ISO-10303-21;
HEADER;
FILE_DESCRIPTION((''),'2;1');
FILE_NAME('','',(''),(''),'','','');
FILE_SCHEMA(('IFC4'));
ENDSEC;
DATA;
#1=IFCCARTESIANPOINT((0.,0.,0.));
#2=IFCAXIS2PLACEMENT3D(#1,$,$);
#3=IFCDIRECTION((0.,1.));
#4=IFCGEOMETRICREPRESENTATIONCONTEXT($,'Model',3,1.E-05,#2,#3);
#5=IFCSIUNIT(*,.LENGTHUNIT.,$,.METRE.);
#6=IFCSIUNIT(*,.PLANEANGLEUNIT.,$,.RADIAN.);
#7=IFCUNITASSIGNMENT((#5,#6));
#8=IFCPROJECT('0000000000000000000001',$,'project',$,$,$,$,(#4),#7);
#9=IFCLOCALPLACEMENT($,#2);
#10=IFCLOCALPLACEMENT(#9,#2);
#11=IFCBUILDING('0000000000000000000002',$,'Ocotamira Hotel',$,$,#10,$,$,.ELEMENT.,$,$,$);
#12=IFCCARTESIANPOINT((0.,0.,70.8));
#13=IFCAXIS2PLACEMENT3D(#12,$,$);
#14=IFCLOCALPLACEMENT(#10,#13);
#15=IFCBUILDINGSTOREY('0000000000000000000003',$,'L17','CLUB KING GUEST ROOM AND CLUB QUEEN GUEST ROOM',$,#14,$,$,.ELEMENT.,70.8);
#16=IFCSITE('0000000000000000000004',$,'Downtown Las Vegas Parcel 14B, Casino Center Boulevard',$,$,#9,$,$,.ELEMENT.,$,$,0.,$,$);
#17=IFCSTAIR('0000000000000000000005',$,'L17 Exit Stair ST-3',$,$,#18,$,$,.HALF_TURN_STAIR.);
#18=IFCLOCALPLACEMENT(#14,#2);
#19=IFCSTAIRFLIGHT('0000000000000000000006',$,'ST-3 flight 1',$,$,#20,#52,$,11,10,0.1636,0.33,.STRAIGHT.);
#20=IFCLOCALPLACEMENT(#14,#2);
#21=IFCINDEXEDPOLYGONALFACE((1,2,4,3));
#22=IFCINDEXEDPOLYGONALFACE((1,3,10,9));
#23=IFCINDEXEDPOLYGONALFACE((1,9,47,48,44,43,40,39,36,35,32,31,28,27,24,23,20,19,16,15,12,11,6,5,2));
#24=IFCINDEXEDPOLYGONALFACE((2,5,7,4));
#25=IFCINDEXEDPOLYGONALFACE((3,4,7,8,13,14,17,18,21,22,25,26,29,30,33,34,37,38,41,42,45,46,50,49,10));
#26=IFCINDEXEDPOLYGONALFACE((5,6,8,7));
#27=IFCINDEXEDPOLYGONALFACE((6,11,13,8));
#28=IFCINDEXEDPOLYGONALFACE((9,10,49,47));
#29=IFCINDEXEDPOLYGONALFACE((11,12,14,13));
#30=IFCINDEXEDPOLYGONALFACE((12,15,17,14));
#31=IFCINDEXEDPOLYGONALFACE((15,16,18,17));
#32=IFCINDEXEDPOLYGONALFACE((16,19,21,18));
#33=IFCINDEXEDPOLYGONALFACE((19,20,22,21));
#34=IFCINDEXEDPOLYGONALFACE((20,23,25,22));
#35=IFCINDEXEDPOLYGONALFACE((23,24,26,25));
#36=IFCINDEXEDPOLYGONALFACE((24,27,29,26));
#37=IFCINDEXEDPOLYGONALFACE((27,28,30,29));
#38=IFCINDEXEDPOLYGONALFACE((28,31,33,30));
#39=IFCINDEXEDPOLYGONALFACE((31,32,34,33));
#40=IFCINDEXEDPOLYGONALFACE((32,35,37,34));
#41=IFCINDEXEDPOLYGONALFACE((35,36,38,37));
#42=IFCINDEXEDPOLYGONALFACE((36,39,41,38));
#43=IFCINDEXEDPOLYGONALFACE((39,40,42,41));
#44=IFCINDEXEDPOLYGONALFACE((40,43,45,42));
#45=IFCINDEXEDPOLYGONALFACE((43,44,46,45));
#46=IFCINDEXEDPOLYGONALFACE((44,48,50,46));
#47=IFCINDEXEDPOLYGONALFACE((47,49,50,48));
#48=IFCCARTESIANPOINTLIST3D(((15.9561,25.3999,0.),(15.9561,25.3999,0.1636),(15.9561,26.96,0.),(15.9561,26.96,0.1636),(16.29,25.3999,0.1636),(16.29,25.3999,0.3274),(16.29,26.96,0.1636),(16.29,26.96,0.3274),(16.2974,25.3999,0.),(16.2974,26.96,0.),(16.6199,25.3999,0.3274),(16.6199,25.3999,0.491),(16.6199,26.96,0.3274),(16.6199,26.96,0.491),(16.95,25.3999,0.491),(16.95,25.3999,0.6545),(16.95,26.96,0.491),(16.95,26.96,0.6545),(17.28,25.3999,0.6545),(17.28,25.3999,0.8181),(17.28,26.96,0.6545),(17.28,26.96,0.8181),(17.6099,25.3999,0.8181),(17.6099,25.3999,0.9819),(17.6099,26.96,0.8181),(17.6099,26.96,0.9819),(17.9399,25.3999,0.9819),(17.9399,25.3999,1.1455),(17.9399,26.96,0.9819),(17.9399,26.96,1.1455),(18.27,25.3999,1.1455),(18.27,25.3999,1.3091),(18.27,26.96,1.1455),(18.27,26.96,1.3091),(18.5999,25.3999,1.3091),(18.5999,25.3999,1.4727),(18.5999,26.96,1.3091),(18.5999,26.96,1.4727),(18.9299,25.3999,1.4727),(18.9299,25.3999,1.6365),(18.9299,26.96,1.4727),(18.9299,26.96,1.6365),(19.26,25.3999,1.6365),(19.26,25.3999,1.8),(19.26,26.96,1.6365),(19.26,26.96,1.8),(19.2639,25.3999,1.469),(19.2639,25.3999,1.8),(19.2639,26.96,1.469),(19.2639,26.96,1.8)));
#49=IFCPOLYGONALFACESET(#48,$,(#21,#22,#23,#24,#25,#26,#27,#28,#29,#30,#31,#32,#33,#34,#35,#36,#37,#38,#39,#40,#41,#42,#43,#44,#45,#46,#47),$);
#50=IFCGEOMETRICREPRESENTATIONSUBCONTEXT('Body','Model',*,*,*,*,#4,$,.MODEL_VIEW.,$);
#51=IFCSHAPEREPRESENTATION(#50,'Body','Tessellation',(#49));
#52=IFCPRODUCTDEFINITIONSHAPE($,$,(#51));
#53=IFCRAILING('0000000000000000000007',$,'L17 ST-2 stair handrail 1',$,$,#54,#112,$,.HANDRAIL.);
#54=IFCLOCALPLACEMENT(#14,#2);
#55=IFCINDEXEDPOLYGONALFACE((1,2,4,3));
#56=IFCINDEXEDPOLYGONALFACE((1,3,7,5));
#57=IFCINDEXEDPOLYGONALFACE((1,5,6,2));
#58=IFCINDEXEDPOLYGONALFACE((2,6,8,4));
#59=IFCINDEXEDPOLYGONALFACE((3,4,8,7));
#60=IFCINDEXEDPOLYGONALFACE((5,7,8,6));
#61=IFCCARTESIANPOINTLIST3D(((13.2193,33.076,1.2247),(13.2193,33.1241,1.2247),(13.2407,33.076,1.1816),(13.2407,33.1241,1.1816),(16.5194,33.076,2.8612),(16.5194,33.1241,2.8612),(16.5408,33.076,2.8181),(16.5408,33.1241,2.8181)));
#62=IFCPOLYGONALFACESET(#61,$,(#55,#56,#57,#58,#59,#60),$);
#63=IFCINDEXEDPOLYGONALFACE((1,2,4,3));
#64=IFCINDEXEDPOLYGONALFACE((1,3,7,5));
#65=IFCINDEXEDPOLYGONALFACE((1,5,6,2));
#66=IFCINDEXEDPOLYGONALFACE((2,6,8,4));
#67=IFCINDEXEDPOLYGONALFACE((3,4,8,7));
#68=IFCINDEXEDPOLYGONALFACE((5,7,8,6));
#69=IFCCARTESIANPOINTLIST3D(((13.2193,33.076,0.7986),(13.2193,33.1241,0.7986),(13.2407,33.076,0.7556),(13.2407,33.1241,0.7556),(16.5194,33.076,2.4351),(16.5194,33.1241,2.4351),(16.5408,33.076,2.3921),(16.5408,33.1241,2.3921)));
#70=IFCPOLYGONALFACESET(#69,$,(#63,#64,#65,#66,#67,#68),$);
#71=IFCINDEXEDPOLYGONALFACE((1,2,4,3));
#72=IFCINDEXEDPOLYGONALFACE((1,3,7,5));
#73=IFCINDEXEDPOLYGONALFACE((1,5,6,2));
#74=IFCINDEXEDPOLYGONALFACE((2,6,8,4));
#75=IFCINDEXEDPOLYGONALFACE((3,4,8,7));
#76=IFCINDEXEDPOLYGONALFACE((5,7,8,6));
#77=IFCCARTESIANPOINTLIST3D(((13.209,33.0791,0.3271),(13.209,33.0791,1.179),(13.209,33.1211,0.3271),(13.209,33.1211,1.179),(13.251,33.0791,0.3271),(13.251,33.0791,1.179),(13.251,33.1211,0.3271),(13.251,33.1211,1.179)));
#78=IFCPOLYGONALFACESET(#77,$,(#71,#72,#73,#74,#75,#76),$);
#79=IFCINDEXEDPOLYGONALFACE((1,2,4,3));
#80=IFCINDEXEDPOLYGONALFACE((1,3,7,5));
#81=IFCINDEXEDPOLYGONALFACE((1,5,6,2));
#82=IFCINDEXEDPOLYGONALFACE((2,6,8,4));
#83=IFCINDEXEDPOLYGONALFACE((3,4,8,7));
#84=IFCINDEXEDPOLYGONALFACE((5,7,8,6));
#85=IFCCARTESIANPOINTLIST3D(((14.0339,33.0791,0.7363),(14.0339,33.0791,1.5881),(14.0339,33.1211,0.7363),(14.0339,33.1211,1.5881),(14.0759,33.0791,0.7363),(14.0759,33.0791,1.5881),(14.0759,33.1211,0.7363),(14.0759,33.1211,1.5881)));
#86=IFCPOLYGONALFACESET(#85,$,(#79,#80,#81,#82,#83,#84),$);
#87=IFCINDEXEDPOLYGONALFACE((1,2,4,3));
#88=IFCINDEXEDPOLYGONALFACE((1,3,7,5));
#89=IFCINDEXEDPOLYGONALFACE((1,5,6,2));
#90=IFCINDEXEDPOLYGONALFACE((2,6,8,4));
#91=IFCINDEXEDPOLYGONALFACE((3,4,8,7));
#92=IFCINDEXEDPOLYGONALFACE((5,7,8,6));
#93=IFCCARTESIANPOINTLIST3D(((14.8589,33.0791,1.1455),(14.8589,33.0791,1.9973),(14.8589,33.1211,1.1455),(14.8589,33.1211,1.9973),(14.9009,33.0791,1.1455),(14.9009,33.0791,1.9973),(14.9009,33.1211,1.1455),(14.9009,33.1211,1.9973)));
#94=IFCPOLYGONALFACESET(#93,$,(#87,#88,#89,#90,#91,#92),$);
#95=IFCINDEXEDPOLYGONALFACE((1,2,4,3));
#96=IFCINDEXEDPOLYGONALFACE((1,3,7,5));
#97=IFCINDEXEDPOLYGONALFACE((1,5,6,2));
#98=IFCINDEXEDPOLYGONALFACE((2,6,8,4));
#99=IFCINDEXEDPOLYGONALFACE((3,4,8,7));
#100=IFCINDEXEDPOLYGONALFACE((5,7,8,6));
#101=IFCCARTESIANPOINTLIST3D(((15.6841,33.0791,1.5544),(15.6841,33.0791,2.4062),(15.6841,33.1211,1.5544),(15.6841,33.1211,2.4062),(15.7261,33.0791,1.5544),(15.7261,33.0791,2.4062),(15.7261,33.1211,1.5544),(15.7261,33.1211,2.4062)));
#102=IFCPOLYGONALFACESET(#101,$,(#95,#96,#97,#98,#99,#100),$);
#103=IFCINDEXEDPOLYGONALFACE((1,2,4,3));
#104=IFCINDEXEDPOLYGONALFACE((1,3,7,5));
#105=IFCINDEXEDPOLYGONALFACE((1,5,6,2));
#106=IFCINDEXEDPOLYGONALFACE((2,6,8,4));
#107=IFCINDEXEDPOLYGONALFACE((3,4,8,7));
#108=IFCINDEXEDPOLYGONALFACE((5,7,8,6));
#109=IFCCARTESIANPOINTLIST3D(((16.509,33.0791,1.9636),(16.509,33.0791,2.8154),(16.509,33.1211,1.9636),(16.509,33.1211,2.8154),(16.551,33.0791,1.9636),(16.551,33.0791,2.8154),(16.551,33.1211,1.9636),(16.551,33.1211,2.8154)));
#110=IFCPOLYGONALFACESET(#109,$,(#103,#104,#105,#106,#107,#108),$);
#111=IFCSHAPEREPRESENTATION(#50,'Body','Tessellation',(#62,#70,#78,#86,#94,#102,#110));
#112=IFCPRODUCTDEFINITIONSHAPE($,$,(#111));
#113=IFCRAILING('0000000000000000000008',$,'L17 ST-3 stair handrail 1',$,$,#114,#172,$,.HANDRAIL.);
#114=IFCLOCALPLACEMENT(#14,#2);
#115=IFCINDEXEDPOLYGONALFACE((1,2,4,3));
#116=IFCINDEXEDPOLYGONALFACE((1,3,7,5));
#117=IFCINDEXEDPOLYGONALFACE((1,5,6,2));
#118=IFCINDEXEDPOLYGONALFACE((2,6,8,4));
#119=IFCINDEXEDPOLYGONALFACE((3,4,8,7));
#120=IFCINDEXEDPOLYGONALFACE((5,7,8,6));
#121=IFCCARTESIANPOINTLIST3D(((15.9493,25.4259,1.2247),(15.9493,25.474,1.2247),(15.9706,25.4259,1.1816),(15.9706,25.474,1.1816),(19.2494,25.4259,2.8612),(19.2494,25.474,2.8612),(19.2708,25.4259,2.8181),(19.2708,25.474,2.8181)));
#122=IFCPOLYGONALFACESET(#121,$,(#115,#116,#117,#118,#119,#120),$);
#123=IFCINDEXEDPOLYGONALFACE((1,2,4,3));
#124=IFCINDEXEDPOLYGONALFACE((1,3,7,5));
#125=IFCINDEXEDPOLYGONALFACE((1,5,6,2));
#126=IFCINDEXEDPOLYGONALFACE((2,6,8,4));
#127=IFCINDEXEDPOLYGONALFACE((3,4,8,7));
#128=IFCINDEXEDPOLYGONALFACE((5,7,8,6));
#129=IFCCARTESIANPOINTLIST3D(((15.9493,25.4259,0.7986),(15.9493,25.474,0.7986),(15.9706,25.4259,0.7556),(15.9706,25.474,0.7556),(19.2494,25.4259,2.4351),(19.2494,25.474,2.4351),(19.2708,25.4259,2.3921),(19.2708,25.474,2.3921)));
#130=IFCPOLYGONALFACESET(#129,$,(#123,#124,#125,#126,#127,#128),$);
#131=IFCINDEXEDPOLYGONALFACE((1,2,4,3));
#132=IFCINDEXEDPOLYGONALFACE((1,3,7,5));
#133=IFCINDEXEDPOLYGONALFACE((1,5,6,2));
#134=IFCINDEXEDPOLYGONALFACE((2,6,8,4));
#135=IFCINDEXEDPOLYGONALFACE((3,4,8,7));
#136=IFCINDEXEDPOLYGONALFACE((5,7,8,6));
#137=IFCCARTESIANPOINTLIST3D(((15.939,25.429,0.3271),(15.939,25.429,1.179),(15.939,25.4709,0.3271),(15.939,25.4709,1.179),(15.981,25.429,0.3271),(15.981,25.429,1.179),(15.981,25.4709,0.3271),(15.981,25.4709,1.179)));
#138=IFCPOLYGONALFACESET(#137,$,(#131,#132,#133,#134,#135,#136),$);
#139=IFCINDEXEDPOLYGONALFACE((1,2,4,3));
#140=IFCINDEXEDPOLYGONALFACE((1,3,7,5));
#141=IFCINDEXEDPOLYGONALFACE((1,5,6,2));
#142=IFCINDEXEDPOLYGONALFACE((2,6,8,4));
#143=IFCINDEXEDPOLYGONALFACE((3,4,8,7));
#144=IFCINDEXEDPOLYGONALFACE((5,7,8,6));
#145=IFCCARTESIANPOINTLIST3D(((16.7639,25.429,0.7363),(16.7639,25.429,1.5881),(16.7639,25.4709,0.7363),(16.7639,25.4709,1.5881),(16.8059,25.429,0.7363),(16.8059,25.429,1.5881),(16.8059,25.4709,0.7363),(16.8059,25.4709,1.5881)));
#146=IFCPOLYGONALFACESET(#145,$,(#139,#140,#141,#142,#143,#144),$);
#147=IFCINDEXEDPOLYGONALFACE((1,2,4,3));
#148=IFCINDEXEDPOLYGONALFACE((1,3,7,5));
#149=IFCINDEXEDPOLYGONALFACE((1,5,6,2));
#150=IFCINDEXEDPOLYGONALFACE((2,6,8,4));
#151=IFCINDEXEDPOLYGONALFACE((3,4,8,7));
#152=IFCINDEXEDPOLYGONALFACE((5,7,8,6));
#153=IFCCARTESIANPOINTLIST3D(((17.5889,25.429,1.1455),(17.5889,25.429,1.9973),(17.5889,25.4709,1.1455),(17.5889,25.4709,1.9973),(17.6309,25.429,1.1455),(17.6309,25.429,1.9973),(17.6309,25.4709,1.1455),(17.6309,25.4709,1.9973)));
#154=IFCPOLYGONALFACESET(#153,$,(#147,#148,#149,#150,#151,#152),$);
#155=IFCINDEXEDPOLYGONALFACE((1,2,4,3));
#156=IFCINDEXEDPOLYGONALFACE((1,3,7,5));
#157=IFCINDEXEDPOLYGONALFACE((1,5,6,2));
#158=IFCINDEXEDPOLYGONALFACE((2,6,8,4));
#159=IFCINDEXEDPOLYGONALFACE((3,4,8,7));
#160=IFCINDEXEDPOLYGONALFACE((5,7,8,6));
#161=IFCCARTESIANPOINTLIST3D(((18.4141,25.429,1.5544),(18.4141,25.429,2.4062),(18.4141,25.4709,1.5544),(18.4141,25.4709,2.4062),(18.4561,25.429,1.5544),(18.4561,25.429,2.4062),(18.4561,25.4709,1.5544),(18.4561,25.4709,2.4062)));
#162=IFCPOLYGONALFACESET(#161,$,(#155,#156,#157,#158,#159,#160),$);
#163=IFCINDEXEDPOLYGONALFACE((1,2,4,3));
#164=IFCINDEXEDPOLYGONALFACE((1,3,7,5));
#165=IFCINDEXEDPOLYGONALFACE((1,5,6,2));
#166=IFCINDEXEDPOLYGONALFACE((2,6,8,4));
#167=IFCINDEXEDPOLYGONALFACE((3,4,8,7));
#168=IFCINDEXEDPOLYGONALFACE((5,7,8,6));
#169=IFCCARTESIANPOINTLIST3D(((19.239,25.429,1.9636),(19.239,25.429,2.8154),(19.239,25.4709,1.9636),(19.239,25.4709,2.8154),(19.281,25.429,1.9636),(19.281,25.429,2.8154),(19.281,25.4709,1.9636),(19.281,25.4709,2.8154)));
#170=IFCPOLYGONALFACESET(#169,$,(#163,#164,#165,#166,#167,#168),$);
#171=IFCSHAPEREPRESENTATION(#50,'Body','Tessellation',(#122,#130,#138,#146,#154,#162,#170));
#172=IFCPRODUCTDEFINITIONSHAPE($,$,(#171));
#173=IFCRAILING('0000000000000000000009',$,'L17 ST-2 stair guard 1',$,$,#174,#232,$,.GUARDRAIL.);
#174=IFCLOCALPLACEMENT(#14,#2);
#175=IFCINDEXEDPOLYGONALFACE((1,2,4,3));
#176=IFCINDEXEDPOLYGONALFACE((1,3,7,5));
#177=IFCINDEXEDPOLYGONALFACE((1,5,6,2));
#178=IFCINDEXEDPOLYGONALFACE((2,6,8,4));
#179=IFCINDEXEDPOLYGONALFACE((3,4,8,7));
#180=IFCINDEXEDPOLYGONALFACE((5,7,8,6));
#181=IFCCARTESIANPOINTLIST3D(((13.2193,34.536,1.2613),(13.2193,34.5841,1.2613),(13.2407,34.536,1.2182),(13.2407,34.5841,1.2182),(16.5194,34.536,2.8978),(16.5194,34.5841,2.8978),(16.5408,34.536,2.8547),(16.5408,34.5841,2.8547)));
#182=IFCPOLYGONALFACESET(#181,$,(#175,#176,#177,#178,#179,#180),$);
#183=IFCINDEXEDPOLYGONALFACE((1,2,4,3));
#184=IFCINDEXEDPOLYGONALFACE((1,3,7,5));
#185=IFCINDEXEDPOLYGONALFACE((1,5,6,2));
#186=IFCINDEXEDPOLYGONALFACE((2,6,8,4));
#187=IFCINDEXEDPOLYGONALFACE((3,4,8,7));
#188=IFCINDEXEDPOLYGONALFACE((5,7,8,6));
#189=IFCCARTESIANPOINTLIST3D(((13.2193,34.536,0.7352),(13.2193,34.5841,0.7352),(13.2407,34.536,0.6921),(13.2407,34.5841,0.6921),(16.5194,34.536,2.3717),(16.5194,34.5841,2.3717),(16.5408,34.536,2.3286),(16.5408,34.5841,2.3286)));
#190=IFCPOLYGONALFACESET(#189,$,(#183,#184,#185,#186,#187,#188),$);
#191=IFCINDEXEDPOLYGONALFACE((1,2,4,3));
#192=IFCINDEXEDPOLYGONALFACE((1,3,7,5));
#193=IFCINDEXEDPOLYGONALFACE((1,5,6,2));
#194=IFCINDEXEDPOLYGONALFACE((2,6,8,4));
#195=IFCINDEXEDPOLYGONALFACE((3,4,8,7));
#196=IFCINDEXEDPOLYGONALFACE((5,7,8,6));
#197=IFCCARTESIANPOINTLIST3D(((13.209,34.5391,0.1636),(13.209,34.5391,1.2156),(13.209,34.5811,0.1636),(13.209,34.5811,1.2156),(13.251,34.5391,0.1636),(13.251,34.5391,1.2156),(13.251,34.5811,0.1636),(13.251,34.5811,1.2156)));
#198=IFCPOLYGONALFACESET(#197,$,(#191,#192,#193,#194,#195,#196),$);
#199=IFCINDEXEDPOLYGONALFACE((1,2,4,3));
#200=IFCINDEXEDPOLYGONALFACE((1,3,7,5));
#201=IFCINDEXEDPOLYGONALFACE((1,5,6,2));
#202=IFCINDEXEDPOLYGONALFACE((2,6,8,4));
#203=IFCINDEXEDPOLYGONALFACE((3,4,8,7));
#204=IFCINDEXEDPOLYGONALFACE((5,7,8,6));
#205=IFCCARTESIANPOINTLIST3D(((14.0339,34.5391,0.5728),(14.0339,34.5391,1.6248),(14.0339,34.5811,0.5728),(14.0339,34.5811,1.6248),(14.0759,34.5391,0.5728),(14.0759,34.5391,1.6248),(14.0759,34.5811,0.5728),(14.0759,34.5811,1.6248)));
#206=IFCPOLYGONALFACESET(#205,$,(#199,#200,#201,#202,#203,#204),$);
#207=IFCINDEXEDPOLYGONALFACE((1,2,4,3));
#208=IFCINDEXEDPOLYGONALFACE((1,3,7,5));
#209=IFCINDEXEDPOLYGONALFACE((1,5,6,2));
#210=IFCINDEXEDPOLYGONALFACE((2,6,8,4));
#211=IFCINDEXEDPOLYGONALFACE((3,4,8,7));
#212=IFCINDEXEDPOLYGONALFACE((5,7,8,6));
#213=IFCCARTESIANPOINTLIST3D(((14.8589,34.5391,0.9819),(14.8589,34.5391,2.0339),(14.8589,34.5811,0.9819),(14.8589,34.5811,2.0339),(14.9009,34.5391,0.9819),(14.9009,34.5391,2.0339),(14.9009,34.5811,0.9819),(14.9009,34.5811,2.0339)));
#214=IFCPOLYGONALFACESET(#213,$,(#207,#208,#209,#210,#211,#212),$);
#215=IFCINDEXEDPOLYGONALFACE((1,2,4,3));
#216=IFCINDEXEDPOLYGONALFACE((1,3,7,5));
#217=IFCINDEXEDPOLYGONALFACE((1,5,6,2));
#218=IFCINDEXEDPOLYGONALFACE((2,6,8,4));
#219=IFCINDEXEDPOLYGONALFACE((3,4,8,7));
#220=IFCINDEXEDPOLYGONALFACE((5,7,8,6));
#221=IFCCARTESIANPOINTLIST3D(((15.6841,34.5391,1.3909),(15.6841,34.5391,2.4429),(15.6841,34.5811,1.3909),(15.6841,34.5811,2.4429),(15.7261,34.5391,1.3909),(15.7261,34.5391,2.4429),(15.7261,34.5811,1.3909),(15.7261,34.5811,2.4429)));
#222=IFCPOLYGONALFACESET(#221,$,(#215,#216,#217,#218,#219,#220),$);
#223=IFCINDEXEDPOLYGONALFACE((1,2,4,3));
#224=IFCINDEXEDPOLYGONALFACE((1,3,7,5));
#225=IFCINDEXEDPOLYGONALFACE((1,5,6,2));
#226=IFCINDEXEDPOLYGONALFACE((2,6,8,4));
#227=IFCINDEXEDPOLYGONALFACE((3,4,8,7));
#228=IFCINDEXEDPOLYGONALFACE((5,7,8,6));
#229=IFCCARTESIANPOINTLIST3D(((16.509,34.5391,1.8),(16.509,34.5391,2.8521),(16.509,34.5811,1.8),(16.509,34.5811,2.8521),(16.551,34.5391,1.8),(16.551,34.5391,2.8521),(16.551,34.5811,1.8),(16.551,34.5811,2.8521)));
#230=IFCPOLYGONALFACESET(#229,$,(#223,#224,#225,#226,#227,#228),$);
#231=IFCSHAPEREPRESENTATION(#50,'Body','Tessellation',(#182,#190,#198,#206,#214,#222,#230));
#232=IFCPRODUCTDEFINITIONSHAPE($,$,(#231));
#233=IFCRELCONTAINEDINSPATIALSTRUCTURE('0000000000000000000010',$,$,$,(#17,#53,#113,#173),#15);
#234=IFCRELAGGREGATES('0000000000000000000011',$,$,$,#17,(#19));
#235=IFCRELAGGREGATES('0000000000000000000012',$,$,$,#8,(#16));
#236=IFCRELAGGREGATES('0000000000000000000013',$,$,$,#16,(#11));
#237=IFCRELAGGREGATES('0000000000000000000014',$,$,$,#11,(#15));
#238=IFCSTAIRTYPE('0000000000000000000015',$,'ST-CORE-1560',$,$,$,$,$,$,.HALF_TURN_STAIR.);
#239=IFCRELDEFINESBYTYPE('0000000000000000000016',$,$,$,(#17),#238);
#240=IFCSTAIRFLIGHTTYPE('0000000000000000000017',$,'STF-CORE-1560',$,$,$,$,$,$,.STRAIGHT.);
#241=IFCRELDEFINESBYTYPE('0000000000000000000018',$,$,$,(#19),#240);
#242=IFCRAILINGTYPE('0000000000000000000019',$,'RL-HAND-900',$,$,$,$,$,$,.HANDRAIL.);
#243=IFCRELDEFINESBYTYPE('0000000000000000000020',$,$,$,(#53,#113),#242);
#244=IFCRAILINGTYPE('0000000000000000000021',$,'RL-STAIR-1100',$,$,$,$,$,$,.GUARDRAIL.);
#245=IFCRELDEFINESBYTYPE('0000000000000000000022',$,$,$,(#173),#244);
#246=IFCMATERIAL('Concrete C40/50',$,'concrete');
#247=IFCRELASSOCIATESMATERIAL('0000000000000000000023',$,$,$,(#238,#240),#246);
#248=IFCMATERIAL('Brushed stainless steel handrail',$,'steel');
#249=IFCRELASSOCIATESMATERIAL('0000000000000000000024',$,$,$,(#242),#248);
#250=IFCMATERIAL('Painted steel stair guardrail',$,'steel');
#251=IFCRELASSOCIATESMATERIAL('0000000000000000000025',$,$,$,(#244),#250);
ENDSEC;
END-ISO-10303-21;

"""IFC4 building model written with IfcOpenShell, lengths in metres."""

from ifc_helpers import new_model, si_unit, direction, frame, origin, origin_2d, place, context, subcontext, project, spatial, polyline, rectangle, outline, extrude, source, transform, mapped, material, type_object, element, aggregate, save


model = new_model("IFC4")

# Units and contexts
model_context = context("Model", 3, precision=1e-05, world=origin(), true_north=direction((0.0, 1.0)))
body_context = subcontext(model_context, "Body", "Model", "MODEL_VIEW")
ifc_project = project(units=[si_unit("LENGTHUNIT", "METRE"), si_unit("PLANEANGLEUNIT", "RADIAN")], contexts=[model_context])

# Site, building, storey
site_placement = place(None, origin())
site = spatial("IfcSite", under=ifc_project, at=site_placement, Name="Downtown Las Vegas Parcel 14B, Casino Center Boulevard", CompositionType="ELEMENT", RefElevation=0.0)
building_placement = place(site_placement, origin())
building = spatial("IfcBuilding", under=site, at=building_placement, Name="Ocotamira Hotel", CompositionType="ELEMENT")
storey_placement = place(building_placement, frame((0.0, 0.0, 70.8)))
storey = spatial("IfcBuildingStorey", under=building, at=storey_placement, Name="L17", Description="CLUB KING GUEST ROOM AND CLUB QUEEN GUEST ROOM", CompositionType="ELEMENT", Elevation=70.8)

# Shared definitions
ifc_material_1 = material(Name="Concrete C40/50", Category="concrete")
stair_type = type_object("IfcStairType", Name="ST-CORE-1560", PredefinedType="HALF_TURN_STAIR", material=ifc_material_1)
stair_flight_type = type_object("IfcStairFlightType", Name="STF-CORE-1560", PredefinedType="STRAIGHT", material=ifc_material_1)
shared_shape_1 = source(origin(), body_context, "Body", "SweptSolid", [
    extrude(outline(polyline([(-0.0039, 0.0), (-0.0039, 0.1636), (0.3301, 0.1636), (0.3301, 0.3274), (0.6599, 0.3274), (0.6599, 0.491), (0.99, 0.491), (0.99, 0.6545), (1.3201, 0.6545), (1.3201, 0.8181), (1.6499, 0.8181), (1.6499, 0.9819), (1.98, 0.9819), (1.98, 1.1455), (2.3101, 1.1455), (2.3101, 1.3091), (2.6399, 1.3091), (2.6399, 1.4727), (2.97, 1.4727), (2.97, 1.6365), (3.3, 1.6365), (3.3, 1.8), (3.304, 1.8), (3.304, 1.469), (0.3374, 0.0), (-0.0039, 0.0)])), frame((0.0, 0.78, 0.0), z_axis=(0.0, -1.0, 0.0), x_axis=(1.0, 0.0, 0.0)), (0.0, 0.0, 1.0), 1.5601),
])

# Stair, stair flight
stair_1_placement = place(storey_placement, origin())
stair_1 = element("IfcStair", 1, at=stair_1_placement, inside=storey, type_object=stair_type, Name="L17 Exit Stair ST-3", PredefinedType="HALF_TURN_STAIR")
stair_flight_1_placement = place(storey_placement, frame((15.96, 26.1799, 0.0), z_axis=(0.0, 0.0, 1.0), x_axis=(1.0, 0.0, 0.0)))
stair_flight_1 = element("IfcStairFlight", 2, at=stair_flight_1_placement, type_object=stair_flight_type, Name="ST-3 flight 1", NumberOfRisers=11, NumberOfTreads=10, PredefinedType="STRAIGHT", RiserHeight=0.1636, TreadLength=0.33, context=body_context, shape_type="MappedRepresentation", body=[
    mapped(shared_shape_1, transform((0.0, 0.0, 0.0), scale=1.0)),
])
aggregate(stair_1, [stair_flight_1])

# Railings
ifc_material_2 = material(Name="Brushed stainless steel handrail", Category="steel")
railing_type_1 = type_object("IfcRailingType", Name="RL-HAND-900", PredefinedType="HANDRAIL", material=ifc_material_2)
for number, where, name in (
    (3, (13.23, 33.1001, 0.3271), "L17 ST-2 stair handrail 1"),
    (4, (15.96, 25.45, 0.3271), "L17 ST-3 stair handrail 1"),
):
    element("IfcRailing", number, at=place(storey_placement, frame(where)), inside=storey, type_object=railing_type_1, Name=name, PredefinedType="HANDRAIL", context=body_context, shape_type="SweptSolid", body=[
        extrude(rectangle(XDim=0.0481, YDim=0.0481, at=origin_2d()), frame((0.0, 0.0, 0.876), z_axis=(0.895894, 0.0, 0.444268), x_axis=(0.0, 1.0, 0.0)), (0.0, 0.0, 1.0), 3.6836),
        extrude(rectangle(XDim=0.0481, YDim=0.0481, at=origin_2d()), frame((0.0, 0.0, 0.45), z_axis=(0.895894, 0.0, 0.444268), x_axis=(0.0, 1.0, 0.0)), (0.0, 0.0, 1.0), 3.6836),
        extrude(rectangle(XDim=0.042, YDim=0.042, at=origin_2d()), origin(), (0.0, 0.0, 1.0), 0.8518),
        extrude(rectangle(XDim=0.042, YDim=0.042, at=origin_2d()), frame((0.825, 0.0, 0.4092)), (0.0, 0.0, 1.0), 0.8518),
        extrude(rectangle(XDim=0.042, YDim=0.042, at=origin_2d()), frame((1.6499, 0.0, 0.8184)), (0.0, 0.0, 1.0), 0.8518),
        extrude(rectangle(XDim=0.042, YDim=0.042, at=origin_2d()), frame((2.4751, 0.0, 1.2273)), (0.0, 0.0, 1.0), 0.8518),
        extrude(rectangle(XDim=0.042, YDim=0.042, at=origin_2d()), frame((3.3, 0.0, 1.6365)), (0.0, 0.0, 1.0), 0.8518),
    ])
ifc_material_3 = material(Name="Painted steel stair guardrail", Category="steel")
railing_type_2 = type_object("IfcRailingType", Name="RL-STAIR-1100", PredefinedType="GUARDRAIL", material=ifc_material_3)
railing_1_placement = place(storey_placement, frame((13.23, 34.5601, 0.1636)))
element("IfcRailing", 5, at=railing_1_placement, inside=storey, type_object=railing_type_2, Name="L17 ST-2 stair guard 1", PredefinedType="GUARDRAIL", context=body_context, shape_type="SweptSolid", body=[
    extrude(rectangle(XDim=0.0481, YDim=0.0481, at=origin_2d()), frame((0.0, 0.0, 1.0762), z_axis=(0.895894, 0.0, 0.444268), x_axis=(0.0, 1.0, 0.0)), (0.0, 0.0, 1.0), 3.6836),
    extrude(rectangle(XDim=0.0481, YDim=0.0481, at=origin_2d()), frame((0.0, 0.0, 0.55), z_axis=(0.895894, 0.0, 0.444268), x_axis=(0.0, 1.0, 0.0)), (0.0, 0.0, 1.0), 3.6836),
    extrude(rectangle(XDim=0.042, YDim=0.042, at=origin_2d()), origin(), (0.0, 0.0, 1.0), 1.052),
    extrude(rectangle(XDim=0.042, YDim=0.042, at=origin_2d()), frame((0.825, 0.0, 0.4092)), (0.0, 0.0, 1.0), 1.052),
    extrude(rectangle(XDim=0.042, YDim=0.042, at=origin_2d()), frame((1.6499, 0.0, 0.8184)), (0.0, 0.0, 1.0), 1.052),
    extrude(rectangle(XDim=0.042, YDim=0.042, at=origin_2d()), frame((2.4751, 0.0, 1.2273)), (0.0, 0.0, 1.0), 1.052),
    extrude(rectangle(XDim=0.042, YDim=0.042, at=origin_2d()), frame((3.3, 0.0, 1.6365)), (0.0, 0.0, 1.0), 1.052),
])

save(model, "model.ifc")
